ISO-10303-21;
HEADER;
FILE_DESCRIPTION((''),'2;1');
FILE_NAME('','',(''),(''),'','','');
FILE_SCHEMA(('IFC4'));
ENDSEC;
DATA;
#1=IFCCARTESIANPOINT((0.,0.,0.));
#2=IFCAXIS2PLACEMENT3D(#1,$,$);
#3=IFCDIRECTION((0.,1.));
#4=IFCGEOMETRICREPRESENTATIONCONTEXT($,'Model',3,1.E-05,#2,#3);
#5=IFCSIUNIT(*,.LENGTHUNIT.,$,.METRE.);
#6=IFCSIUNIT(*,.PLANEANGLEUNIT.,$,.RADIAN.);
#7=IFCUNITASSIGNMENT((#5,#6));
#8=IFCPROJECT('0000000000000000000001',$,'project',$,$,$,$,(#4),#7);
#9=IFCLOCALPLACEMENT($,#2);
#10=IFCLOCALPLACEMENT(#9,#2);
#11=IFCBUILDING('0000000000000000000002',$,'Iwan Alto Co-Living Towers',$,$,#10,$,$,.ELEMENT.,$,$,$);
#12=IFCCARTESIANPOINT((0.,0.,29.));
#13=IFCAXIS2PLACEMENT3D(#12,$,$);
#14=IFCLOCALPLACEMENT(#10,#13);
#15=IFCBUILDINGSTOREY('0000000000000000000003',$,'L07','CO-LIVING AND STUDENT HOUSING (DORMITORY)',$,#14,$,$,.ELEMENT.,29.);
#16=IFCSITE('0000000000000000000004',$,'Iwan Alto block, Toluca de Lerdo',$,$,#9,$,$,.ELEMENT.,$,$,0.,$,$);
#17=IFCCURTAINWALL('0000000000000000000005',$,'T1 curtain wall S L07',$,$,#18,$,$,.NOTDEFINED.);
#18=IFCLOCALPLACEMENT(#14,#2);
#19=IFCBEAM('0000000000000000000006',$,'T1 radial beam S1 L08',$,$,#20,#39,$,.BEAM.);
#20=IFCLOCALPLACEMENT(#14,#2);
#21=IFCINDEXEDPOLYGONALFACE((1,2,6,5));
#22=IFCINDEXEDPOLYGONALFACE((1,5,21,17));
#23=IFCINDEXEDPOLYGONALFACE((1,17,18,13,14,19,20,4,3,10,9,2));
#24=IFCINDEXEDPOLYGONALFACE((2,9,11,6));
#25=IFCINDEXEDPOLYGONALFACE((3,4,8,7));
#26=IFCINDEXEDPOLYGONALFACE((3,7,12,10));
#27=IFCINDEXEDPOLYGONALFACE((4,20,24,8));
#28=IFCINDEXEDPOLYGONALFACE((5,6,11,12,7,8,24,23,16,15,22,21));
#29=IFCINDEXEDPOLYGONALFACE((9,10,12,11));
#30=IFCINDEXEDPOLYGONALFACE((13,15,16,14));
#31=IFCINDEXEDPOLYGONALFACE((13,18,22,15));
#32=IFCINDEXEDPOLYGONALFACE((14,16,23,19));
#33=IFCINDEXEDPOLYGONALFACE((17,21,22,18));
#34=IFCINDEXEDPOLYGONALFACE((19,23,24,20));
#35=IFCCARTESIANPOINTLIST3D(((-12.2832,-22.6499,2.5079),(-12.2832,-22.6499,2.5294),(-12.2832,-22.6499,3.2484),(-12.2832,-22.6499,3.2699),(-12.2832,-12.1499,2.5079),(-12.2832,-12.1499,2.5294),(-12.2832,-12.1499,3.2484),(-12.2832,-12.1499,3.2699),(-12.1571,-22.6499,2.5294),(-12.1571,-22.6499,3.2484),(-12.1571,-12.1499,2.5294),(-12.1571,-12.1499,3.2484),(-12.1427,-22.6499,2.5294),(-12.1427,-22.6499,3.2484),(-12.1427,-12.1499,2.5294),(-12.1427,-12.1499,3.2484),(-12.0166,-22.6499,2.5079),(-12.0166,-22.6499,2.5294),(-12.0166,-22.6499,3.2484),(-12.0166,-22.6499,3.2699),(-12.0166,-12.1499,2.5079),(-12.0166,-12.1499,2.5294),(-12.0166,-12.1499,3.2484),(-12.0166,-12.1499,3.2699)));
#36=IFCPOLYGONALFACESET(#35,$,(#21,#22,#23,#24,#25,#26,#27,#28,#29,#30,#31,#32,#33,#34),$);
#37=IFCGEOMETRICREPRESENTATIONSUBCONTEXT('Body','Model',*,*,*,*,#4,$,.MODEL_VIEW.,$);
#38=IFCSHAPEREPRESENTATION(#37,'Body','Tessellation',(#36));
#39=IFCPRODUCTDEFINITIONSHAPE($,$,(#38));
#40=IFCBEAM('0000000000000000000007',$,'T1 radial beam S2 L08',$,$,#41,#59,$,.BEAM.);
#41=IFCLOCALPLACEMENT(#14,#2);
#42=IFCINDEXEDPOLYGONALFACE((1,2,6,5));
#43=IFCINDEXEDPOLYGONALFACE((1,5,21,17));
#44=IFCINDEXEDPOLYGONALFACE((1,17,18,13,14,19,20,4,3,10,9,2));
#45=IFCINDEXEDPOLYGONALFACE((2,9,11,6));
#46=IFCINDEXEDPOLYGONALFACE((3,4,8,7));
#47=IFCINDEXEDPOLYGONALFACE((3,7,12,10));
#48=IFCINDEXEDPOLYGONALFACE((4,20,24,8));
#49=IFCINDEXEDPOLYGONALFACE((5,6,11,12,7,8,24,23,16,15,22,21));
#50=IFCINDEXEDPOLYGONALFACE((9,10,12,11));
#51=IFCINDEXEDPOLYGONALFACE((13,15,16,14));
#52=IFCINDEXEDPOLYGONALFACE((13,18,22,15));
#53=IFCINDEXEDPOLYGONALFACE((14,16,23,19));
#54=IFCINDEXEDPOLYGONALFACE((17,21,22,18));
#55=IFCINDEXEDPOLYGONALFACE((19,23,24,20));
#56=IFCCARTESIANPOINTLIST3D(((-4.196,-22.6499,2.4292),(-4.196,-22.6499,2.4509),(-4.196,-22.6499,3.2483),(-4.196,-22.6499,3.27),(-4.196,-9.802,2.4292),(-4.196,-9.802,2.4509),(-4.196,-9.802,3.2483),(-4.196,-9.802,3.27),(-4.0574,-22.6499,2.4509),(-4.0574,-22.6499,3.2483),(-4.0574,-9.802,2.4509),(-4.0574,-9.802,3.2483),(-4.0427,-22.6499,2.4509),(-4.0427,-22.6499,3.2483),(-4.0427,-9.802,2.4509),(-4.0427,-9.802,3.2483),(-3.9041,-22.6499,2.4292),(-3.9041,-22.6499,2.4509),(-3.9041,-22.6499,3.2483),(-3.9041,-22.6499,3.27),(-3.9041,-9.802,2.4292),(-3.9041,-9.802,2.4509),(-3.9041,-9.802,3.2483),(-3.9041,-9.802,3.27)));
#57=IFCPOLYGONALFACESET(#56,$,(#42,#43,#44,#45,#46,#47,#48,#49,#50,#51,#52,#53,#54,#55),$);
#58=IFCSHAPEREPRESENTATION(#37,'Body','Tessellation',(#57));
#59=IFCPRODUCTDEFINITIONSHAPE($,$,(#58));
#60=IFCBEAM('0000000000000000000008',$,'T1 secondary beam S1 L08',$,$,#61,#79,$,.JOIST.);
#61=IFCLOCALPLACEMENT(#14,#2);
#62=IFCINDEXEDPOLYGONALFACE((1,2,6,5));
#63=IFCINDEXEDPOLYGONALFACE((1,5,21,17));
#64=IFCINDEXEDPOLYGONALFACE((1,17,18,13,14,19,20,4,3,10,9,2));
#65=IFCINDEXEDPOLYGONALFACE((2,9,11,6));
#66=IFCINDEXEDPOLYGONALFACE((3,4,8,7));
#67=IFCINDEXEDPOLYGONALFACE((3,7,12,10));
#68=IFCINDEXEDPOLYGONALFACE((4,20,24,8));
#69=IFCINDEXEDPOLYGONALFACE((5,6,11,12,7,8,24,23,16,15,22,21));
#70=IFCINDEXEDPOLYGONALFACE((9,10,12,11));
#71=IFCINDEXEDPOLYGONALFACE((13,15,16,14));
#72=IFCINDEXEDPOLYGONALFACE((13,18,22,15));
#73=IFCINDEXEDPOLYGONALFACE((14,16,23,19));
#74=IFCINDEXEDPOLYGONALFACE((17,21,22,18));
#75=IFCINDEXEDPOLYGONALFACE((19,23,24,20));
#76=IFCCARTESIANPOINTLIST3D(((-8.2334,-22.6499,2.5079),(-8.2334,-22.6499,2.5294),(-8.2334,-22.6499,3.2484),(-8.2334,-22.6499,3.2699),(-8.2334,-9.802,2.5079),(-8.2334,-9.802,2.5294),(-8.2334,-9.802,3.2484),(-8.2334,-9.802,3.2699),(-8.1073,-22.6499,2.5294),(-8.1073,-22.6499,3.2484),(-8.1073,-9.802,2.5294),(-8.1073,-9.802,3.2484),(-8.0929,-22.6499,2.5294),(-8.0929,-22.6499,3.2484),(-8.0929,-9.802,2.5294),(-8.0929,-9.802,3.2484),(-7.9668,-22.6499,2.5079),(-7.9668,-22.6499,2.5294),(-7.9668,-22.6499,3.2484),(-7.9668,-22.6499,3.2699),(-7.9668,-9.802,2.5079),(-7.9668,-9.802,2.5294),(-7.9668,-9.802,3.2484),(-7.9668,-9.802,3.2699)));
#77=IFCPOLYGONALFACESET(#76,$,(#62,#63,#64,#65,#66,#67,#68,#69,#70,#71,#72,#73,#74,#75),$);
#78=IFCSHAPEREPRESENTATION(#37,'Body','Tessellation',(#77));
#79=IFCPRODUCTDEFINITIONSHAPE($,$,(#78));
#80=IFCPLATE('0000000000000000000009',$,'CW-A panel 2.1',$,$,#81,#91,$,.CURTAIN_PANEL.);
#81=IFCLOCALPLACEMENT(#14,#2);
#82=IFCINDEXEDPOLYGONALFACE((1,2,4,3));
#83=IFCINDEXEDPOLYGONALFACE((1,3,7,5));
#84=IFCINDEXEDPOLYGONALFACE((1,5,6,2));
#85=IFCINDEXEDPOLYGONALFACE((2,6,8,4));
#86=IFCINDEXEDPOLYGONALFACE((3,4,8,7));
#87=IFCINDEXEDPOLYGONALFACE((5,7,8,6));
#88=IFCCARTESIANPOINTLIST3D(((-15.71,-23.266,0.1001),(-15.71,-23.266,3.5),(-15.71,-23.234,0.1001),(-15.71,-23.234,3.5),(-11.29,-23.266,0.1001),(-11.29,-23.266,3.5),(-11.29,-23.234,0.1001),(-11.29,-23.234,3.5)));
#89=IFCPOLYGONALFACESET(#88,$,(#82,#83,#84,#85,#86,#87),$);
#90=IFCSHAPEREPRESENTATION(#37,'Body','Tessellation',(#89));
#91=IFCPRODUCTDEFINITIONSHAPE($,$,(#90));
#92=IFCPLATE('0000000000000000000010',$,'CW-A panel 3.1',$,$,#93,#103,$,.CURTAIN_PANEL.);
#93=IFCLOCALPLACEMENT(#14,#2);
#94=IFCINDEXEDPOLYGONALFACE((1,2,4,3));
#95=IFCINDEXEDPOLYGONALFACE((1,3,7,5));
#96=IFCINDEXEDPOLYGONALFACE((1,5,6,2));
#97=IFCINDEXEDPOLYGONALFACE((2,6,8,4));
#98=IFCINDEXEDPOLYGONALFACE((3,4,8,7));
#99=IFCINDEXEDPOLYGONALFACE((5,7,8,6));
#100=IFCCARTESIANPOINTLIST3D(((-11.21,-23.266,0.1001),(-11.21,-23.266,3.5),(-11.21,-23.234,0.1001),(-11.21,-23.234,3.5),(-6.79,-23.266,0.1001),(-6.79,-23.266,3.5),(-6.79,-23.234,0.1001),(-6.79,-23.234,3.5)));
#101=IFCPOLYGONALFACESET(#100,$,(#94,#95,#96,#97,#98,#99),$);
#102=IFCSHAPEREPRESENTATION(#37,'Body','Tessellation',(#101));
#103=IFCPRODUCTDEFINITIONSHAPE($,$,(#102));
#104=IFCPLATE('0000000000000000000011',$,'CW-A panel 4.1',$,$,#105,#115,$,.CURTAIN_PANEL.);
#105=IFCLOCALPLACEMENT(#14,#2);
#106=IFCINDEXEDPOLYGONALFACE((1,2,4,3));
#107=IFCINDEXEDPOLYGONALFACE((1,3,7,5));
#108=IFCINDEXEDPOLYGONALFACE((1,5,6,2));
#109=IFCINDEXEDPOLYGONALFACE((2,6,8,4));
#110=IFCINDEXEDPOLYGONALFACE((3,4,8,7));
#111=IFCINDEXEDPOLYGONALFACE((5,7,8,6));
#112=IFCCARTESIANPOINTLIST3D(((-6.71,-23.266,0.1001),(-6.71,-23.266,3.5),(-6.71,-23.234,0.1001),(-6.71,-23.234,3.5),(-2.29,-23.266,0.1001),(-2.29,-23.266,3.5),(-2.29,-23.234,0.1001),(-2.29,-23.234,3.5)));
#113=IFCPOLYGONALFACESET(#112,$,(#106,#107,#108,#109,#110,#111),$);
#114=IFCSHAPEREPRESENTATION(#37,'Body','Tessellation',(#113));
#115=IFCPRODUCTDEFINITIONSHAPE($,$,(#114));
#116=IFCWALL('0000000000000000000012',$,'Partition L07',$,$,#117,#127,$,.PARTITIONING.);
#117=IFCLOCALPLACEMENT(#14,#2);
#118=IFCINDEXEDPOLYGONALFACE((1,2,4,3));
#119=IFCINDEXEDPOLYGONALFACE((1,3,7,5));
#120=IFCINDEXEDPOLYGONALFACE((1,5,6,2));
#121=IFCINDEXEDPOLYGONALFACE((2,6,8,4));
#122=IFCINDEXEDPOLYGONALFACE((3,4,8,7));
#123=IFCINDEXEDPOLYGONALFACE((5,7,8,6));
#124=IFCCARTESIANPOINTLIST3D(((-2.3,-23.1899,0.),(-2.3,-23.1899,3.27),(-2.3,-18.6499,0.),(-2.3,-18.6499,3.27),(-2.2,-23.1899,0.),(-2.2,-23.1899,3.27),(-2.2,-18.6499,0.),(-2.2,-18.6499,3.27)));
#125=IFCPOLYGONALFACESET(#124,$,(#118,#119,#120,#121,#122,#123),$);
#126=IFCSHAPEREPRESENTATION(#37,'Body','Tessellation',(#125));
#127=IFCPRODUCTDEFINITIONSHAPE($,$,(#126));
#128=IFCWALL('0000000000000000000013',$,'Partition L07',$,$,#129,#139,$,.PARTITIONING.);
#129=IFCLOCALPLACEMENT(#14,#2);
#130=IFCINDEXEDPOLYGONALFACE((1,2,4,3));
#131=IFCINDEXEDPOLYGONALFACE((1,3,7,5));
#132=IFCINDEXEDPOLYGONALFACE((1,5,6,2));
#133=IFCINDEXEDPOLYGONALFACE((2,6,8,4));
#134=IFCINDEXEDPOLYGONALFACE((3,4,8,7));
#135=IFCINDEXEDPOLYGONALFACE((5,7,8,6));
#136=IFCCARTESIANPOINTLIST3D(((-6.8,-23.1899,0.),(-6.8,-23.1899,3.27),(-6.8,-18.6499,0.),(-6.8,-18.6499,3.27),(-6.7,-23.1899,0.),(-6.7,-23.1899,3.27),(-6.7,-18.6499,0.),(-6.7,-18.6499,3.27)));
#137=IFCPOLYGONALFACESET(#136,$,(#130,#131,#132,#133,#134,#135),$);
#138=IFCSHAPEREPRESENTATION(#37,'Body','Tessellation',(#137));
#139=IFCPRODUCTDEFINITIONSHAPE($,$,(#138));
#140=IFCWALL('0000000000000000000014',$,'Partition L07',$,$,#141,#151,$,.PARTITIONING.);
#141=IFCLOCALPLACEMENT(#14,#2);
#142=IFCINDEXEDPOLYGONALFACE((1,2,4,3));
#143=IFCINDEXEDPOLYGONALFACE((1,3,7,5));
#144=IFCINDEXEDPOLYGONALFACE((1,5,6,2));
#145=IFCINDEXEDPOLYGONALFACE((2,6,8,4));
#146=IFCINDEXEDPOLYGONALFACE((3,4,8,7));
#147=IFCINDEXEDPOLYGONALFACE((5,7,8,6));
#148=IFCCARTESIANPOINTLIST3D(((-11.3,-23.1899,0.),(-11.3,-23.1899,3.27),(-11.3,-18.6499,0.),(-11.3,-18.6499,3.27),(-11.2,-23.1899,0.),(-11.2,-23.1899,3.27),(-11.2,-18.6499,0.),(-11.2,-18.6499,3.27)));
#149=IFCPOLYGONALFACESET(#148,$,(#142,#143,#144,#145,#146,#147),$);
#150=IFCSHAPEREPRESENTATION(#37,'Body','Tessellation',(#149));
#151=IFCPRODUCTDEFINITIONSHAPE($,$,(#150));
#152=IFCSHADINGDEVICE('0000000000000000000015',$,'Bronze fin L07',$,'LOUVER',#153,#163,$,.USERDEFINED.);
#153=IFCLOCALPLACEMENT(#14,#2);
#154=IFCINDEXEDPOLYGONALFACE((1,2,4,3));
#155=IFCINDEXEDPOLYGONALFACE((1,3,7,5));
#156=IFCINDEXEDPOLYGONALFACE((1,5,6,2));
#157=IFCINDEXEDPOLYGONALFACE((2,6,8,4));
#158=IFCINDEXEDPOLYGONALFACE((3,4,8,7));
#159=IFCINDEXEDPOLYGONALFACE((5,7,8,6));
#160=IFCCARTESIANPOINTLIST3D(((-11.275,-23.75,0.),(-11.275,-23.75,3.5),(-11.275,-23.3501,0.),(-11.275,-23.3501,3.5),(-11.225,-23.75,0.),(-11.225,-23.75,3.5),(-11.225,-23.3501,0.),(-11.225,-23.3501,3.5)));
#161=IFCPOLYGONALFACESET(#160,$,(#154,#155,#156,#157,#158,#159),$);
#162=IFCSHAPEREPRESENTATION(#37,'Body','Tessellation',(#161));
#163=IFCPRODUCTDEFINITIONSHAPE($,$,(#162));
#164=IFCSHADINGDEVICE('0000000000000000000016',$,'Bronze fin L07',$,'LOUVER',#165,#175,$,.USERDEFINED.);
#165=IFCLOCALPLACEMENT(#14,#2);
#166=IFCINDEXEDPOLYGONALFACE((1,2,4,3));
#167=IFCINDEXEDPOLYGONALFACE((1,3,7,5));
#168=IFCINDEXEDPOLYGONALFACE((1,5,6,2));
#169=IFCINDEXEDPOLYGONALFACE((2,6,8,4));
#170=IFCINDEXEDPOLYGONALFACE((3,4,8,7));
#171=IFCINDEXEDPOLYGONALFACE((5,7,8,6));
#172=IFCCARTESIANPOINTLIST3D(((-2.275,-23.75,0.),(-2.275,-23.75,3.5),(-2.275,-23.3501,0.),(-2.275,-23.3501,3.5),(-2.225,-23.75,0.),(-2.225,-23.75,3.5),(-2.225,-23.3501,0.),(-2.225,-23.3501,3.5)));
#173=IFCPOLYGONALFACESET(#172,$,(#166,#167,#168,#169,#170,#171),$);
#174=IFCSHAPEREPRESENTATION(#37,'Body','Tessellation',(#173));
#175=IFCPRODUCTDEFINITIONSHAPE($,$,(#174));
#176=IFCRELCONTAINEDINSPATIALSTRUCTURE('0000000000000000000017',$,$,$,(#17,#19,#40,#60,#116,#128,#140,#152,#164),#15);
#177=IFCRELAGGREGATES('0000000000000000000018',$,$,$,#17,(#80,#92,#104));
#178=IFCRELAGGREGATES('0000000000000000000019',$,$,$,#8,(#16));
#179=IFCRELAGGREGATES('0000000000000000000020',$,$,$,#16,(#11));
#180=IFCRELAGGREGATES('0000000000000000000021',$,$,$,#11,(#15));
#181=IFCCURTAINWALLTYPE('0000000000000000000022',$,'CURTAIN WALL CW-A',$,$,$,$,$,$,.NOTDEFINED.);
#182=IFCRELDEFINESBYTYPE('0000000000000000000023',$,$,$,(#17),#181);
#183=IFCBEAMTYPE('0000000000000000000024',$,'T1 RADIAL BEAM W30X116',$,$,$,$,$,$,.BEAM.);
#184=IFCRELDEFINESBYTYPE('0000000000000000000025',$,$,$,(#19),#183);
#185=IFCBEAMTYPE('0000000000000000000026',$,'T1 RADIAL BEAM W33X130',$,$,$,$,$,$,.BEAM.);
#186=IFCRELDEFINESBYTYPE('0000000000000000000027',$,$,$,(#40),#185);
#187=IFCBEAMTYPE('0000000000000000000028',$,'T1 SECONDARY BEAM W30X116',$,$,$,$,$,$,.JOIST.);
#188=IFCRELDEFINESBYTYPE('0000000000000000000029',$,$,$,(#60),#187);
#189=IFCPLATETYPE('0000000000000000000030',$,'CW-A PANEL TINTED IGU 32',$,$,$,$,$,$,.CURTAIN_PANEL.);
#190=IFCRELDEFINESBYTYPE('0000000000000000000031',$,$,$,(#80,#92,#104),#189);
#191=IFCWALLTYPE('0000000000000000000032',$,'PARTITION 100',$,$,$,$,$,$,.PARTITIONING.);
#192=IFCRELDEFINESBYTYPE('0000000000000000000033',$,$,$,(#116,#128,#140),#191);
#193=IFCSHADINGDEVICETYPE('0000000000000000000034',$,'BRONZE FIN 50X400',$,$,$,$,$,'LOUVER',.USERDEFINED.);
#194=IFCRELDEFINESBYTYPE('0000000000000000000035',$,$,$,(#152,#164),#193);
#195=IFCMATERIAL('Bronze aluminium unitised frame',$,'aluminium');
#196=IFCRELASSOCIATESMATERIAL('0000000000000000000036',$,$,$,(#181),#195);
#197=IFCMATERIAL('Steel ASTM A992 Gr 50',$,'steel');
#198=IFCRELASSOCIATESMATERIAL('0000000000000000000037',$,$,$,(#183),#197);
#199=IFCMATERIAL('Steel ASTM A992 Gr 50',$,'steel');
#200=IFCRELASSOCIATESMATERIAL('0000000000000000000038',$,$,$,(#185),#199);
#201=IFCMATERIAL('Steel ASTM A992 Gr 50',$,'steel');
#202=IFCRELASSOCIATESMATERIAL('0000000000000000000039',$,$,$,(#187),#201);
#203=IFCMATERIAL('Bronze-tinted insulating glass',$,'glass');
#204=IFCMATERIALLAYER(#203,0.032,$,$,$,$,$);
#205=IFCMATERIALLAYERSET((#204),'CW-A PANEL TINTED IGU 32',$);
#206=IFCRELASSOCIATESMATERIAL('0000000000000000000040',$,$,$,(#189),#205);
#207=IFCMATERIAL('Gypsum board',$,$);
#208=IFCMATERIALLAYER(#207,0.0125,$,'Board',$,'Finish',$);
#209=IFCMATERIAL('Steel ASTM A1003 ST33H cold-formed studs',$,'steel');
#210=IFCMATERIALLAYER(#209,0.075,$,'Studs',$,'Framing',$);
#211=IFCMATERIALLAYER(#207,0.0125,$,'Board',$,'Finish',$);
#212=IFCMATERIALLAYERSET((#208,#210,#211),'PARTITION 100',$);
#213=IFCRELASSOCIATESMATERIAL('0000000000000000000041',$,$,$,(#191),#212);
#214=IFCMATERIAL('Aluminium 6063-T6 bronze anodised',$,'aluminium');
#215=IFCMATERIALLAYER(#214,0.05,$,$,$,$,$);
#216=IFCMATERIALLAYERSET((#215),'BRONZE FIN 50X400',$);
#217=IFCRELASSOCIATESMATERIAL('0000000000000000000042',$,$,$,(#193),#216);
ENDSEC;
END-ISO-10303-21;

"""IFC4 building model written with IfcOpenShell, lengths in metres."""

from ifc_helpers import new_model, si_unit, direction, frame, frame_2d, origin, origin_2d, place, context, subcontext, project, spatial, rectangle, i_section, extrude, material, layer, layer_set, material_profile, profile_set, type_object, element, aggregate, save


model = new_model("IFC4")

# Units and contexts
model_context = context("Model", 3, precision=1e-05, world=origin(), true_north=direction((0.0, 1.0)))
body_context = subcontext(model_context, "Body", "Model", "MODEL_VIEW")
ifc_project = project(units=[si_unit("LENGTHUNIT", "METRE"), si_unit("PLANEANGLEUNIT", "RADIAN")], contexts=[model_context])

# Site, building, storey
site_placement = place(None, origin())
site = spatial("IfcSite", under=ifc_project, at=site_placement, Name="Iwan Alto block, Toluca de Lerdo", CompositionType="ELEMENT", RefElevation=0.0)
building_placement = place(site_placement, origin())
building = spatial("IfcBuilding", under=site, at=building_placement, Name="Iwan Alto Co-Living Towers", CompositionType="ELEMENT")
storey_placement = place(building_placement, frame((0.0, 0.0, 29.0)))
storey = spatial("IfcBuildingStorey", under=building, at=storey_placement, Name="L07", Description="CO-LIVING AND STUDENT HOUSING (DORMITORY)", CompositionType="ELEMENT", Elevation=29.0)

# Curtain wall
ifc_material_1 = material(Name="Bronze aluminium unitised frame", Category="aluminium")
curtain_wall_type = type_object("IfcCurtainWallType", Name="CURTAIN WALL CW-A", PredefinedType="NOTDEFINED", material=ifc_material_1)
curtain_wall_placement = place(storey_placement, origin())
curtain_wall = element("IfcCurtainWall", 1, at=curtain_wall_placement, inside=storey, type_object=curtain_wall_type, Name="T1 curtain wall S L07", PredefinedType="NOTDEFINED")

# Beams
ifc_material_2 = material(Name="Steel ASTM A992 Gr 50", Category="steel")
ifc_material_profile_1 = material_profile(ifc_material_2, i_section(OverallWidth=0.2666, OverallDepth=0.762, WebThickness=0.0144, FlangeThickness=0.0215, at=origin_2d()), Name="W30X116")
ifc_profile_set_1 = profile_set([ifc_material_profile_1], Name="Steel ASTM A992 Gr 50")
beam_type_1 = type_object("IfcBeamType", Name="T1 RADIAL BEAM W30X116", PredefinedType="BEAM", material=ifc_profile_set_1)
beam_1_placement = place(storey_placement, frame((-12.1499, -22.6499, 2.8889), z_axis=(0.0, 1.0, 0.0), x_axis=(-1.0, 0.0, 0.0)))
element("IfcBeam", 2, at=beam_1_placement, inside=storey, type_object=beam_type_1, Name="T1 radial beam S1 L08", PredefinedType="BEAM", context=body_context, shape_type="SweptSolid", body=[
    extrude(i_section(OverallWidth=0.2666, OverallDepth=0.762, WebThickness=0.0144, FlangeThickness=0.0215, at=origin_2d()), origin(), (0.0, 0.0, 1.0), 10.5),
])
ifc_material_3 = material(Name="Steel ASTM A992 Gr 50", Category="steel")
ifc_material_profile_2 = material_profile(ifc_material_3, i_section(OverallWidth=0.292, OverallDepth=0.8408, WebThickness=0.0146, FlangeThickness=0.0217, at=origin_2d()), Name="W33X130")
ifc_profile_set_2 = profile_set([ifc_material_profile_2], Name="Steel ASTM A992 Gr 50")
beam_type_2 = type_object("IfcBeamType", Name="T1 RADIAL BEAM W33X130", PredefinedType="BEAM", material=ifc_profile_set_2)
beam_2_placement = place(storey_placement, frame((-4.05, -22.6499, 2.8496), z_axis=(0.0, 1.0, 0.0), x_axis=(-1.0, 0.0, 0.0)))
element("IfcBeam", 3, at=beam_2_placement, inside=storey, type_object=beam_type_2, Name="T1 radial beam S2 L08", PredefinedType="BEAM", context=body_context, shape_type="SweptSolid", body=[
    extrude(i_section(OverallWidth=0.292, OverallDepth=0.8408, WebThickness=0.0146, FlangeThickness=0.0217, at=origin_2d()), origin(), (0.0, 0.0, 1.0), 12.8479),
])
ifc_material_4 = material(Name="Steel ASTM A992 Gr 50", Category="steel")
ifc_material_profile_3 = material_profile(ifc_material_4, i_section(OverallWidth=0.2666, OverallDepth=0.762, WebThickness=0.0144, FlangeThickness=0.0215, at=origin_2d()), Name="W30X116")
ifc_profile_set_3 = profile_set([ifc_material_profile_3], Name="Steel ASTM A992 Gr 50")
beam_type_3 = type_object("IfcBeamType", Name="T1 SECONDARY BEAM W30X116", PredefinedType="JOIST", material=ifc_profile_set_3)
beam_3_placement = place(storey_placement, frame((-8.1001, -22.6499, 2.8889), z_axis=(0.0, 1.0, 0.0), x_axis=(-1.0, 0.0, 0.0)))
element("IfcBeam", 4, at=beam_3_placement, inside=storey, type_object=beam_type_3, Name="T1 secondary beam S1 L08", PredefinedType="JOIST", context=body_context, shape_type="SweptSolid", body=[
    extrude(i_section(OverallWidth=0.2666, OverallDepth=0.762, WebThickness=0.0144, FlangeThickness=0.0215, at=origin_2d()), origin(), (0.0, 0.0, 1.0), 12.8479),
])

# Plates
ifc_material_5 = material(Name="Bronze-tinted insulating glass", Category="glass")
ifc_layer_1 = layer(ifc_material_5, 0.032)
ifc_layer_set_1 = layer_set([ifc_layer_1], Name="CW-A PANEL TINTED IGU 32")
plate_type = type_object("IfcPlateType", Name="CW-A PANEL TINTED IGU 32", PredefinedType="CURTAIN_PANEL", material=ifc_layer_set_1)
plate_1_placement = place(storey_placement, frame((-13.5, -23.25, 0.1001), z_axis=(0.0, 0.0, 1.0), x_axis=(1.0, 0.0, 0.0)))
plate_1 = element("IfcPlate", 5, at=plate_1_placement, type_object=plate_type, Name="CW-A panel 2.1", PredefinedType="CURTAIN_PANEL", context=body_context, shape_type="SweptSolid", body=[
    extrude(rectangle(XDim=4.4199, YDim=0.032, at=origin_2d()), origin(), (0.0, 0.0, 1.0), 3.3999),
])
plate_2_placement = place(storey_placement, frame((-9.0, -23.25, 0.1001), z_axis=(0.0, 0.0, 1.0), x_axis=(1.0, 0.0, 0.0)))
plate_2 = element("IfcPlate", 6, at=plate_2_placement, type_object=plate_type, Name="CW-A panel 3.1", PredefinedType="CURTAIN_PANEL", context=body_context, shape_type="SweptSolid", body=[
    extrude(rectangle(XDim=4.4199, YDim=0.032, at=origin_2d()), origin(), (0.0, 0.0, 1.0), 3.3999),
])
plate_3_placement = place(storey_placement, frame((-4.5, -23.25, 0.1001), z_axis=(0.0, 0.0, 1.0), x_axis=(1.0, 0.0, 0.0)))
plate_3 = element("IfcPlate", 7, at=plate_3_placement, type_object=plate_type, Name="CW-A panel 4.1", PredefinedType="CURTAIN_PANEL", context=body_context, shape_type="SweptSolid", body=[
    extrude(rectangle(XDim=4.4199, YDim=0.032, at=origin_2d()), origin(), (0.0, 0.0, 1.0), 3.3999),
])
aggregate(curtain_wall, [plate_1, plate_2, plate_3])

# Walls
ifc_material_6 = material(Name="Gypsum board")
ifc_layer_2 = layer(ifc_material_6, 0.0125, Name="Board", Category="Finish")
ifc_material_7 = material(Name="Steel ASTM A1003 ST33H cold-formed studs", Category="steel")
ifc_layer_3 = layer(ifc_material_7, 0.075, Name="Studs", Category="Framing")
ifc_layer_4 = layer(ifc_material_6, 0.0125, Name="Board", Category="Finish")
ifc_layer_set_2 = layer_set([ifc_layer_2, ifc_layer_3, ifc_layer_4], Name="PARTITION 100")
wall_type = type_object("IfcWallType", Name="PARTITION 100", PredefinedType="PARTITIONING", material=ifc_layer_set_2)
for number, where, z_axis, x_axis, name in (
    (8, (-2.25, -23.1899, 0.0), (0.0, 0.0, 1.0), (0.0, 1.0, 0.0), "Partition L07"),
    (9, (-6.75, -23.1899, 0.0), (0.0, 0.0, 1.0), (0.0, 1.0, 0.0), "Partition L07"),
    (10, (-11.25, -23.1899, 0.0), (0.0, 0.0, 1.0), (0.0, 1.0, 0.0), "Partition L07"),
):
    element("IfcWall", number, at=place(storey_placement, frame(where, z_axis=z_axis, x_axis=x_axis)), inside=storey, type_object=wall_type, Name=name, PredefinedType="PARTITIONING", context=body_context, shape_type="SweptSolid", body=[
        extrude(rectangle(XDim=4.54, YDim=0.1001, at=frame_2d((2.27, 0.0))), origin(), (0.0, 0.0, 1.0), 3.27),
    ])

# Shading devices
ifc_material_8 = material(Name="Aluminium 6063-T6 bronze anodised", Category="aluminium")
ifc_layer_5 = layer(ifc_material_8, 0.05)
ifc_layer_set_3 = layer_set([ifc_layer_5], Name="BRONZE FIN 50X400")
shading_device_type = type_object("IfcShadingDeviceType", Name="BRONZE FIN 50X400", ElementType="LOUVER", PredefinedType="USERDEFINED", material=ifc_layer_set_3)
for number, where, z_axis, x_axis, name in (
    (11, (-11.25, -23.55, 0.0), (0.0, 0.0, 1.0), (1.0, 0.0, 0.0), "Bronze fin L07"),
    (12, (-2.25, -23.55, 0.0), (0.0, 0.0, 1.0), (1.0, 0.0, 0.0), "Bronze fin L07"),
):
    element("IfcShadingDevice", number, at=place(storey_placement, frame(where, z_axis=z_axis, x_axis=x_axis)), inside=storey, type_object=shading_device_type, Name=name, ObjectType="LOUVER", PredefinedType="USERDEFINED", context=body_context, shape_type="SweptSolid", body=[
        extrude(rectangle(XDim=0.05, YDim=0.3999, at=origin_2d()), origin(), (0.0, 0.0, 1.0), 3.5),
    ])

save(model, "model.ifc")
